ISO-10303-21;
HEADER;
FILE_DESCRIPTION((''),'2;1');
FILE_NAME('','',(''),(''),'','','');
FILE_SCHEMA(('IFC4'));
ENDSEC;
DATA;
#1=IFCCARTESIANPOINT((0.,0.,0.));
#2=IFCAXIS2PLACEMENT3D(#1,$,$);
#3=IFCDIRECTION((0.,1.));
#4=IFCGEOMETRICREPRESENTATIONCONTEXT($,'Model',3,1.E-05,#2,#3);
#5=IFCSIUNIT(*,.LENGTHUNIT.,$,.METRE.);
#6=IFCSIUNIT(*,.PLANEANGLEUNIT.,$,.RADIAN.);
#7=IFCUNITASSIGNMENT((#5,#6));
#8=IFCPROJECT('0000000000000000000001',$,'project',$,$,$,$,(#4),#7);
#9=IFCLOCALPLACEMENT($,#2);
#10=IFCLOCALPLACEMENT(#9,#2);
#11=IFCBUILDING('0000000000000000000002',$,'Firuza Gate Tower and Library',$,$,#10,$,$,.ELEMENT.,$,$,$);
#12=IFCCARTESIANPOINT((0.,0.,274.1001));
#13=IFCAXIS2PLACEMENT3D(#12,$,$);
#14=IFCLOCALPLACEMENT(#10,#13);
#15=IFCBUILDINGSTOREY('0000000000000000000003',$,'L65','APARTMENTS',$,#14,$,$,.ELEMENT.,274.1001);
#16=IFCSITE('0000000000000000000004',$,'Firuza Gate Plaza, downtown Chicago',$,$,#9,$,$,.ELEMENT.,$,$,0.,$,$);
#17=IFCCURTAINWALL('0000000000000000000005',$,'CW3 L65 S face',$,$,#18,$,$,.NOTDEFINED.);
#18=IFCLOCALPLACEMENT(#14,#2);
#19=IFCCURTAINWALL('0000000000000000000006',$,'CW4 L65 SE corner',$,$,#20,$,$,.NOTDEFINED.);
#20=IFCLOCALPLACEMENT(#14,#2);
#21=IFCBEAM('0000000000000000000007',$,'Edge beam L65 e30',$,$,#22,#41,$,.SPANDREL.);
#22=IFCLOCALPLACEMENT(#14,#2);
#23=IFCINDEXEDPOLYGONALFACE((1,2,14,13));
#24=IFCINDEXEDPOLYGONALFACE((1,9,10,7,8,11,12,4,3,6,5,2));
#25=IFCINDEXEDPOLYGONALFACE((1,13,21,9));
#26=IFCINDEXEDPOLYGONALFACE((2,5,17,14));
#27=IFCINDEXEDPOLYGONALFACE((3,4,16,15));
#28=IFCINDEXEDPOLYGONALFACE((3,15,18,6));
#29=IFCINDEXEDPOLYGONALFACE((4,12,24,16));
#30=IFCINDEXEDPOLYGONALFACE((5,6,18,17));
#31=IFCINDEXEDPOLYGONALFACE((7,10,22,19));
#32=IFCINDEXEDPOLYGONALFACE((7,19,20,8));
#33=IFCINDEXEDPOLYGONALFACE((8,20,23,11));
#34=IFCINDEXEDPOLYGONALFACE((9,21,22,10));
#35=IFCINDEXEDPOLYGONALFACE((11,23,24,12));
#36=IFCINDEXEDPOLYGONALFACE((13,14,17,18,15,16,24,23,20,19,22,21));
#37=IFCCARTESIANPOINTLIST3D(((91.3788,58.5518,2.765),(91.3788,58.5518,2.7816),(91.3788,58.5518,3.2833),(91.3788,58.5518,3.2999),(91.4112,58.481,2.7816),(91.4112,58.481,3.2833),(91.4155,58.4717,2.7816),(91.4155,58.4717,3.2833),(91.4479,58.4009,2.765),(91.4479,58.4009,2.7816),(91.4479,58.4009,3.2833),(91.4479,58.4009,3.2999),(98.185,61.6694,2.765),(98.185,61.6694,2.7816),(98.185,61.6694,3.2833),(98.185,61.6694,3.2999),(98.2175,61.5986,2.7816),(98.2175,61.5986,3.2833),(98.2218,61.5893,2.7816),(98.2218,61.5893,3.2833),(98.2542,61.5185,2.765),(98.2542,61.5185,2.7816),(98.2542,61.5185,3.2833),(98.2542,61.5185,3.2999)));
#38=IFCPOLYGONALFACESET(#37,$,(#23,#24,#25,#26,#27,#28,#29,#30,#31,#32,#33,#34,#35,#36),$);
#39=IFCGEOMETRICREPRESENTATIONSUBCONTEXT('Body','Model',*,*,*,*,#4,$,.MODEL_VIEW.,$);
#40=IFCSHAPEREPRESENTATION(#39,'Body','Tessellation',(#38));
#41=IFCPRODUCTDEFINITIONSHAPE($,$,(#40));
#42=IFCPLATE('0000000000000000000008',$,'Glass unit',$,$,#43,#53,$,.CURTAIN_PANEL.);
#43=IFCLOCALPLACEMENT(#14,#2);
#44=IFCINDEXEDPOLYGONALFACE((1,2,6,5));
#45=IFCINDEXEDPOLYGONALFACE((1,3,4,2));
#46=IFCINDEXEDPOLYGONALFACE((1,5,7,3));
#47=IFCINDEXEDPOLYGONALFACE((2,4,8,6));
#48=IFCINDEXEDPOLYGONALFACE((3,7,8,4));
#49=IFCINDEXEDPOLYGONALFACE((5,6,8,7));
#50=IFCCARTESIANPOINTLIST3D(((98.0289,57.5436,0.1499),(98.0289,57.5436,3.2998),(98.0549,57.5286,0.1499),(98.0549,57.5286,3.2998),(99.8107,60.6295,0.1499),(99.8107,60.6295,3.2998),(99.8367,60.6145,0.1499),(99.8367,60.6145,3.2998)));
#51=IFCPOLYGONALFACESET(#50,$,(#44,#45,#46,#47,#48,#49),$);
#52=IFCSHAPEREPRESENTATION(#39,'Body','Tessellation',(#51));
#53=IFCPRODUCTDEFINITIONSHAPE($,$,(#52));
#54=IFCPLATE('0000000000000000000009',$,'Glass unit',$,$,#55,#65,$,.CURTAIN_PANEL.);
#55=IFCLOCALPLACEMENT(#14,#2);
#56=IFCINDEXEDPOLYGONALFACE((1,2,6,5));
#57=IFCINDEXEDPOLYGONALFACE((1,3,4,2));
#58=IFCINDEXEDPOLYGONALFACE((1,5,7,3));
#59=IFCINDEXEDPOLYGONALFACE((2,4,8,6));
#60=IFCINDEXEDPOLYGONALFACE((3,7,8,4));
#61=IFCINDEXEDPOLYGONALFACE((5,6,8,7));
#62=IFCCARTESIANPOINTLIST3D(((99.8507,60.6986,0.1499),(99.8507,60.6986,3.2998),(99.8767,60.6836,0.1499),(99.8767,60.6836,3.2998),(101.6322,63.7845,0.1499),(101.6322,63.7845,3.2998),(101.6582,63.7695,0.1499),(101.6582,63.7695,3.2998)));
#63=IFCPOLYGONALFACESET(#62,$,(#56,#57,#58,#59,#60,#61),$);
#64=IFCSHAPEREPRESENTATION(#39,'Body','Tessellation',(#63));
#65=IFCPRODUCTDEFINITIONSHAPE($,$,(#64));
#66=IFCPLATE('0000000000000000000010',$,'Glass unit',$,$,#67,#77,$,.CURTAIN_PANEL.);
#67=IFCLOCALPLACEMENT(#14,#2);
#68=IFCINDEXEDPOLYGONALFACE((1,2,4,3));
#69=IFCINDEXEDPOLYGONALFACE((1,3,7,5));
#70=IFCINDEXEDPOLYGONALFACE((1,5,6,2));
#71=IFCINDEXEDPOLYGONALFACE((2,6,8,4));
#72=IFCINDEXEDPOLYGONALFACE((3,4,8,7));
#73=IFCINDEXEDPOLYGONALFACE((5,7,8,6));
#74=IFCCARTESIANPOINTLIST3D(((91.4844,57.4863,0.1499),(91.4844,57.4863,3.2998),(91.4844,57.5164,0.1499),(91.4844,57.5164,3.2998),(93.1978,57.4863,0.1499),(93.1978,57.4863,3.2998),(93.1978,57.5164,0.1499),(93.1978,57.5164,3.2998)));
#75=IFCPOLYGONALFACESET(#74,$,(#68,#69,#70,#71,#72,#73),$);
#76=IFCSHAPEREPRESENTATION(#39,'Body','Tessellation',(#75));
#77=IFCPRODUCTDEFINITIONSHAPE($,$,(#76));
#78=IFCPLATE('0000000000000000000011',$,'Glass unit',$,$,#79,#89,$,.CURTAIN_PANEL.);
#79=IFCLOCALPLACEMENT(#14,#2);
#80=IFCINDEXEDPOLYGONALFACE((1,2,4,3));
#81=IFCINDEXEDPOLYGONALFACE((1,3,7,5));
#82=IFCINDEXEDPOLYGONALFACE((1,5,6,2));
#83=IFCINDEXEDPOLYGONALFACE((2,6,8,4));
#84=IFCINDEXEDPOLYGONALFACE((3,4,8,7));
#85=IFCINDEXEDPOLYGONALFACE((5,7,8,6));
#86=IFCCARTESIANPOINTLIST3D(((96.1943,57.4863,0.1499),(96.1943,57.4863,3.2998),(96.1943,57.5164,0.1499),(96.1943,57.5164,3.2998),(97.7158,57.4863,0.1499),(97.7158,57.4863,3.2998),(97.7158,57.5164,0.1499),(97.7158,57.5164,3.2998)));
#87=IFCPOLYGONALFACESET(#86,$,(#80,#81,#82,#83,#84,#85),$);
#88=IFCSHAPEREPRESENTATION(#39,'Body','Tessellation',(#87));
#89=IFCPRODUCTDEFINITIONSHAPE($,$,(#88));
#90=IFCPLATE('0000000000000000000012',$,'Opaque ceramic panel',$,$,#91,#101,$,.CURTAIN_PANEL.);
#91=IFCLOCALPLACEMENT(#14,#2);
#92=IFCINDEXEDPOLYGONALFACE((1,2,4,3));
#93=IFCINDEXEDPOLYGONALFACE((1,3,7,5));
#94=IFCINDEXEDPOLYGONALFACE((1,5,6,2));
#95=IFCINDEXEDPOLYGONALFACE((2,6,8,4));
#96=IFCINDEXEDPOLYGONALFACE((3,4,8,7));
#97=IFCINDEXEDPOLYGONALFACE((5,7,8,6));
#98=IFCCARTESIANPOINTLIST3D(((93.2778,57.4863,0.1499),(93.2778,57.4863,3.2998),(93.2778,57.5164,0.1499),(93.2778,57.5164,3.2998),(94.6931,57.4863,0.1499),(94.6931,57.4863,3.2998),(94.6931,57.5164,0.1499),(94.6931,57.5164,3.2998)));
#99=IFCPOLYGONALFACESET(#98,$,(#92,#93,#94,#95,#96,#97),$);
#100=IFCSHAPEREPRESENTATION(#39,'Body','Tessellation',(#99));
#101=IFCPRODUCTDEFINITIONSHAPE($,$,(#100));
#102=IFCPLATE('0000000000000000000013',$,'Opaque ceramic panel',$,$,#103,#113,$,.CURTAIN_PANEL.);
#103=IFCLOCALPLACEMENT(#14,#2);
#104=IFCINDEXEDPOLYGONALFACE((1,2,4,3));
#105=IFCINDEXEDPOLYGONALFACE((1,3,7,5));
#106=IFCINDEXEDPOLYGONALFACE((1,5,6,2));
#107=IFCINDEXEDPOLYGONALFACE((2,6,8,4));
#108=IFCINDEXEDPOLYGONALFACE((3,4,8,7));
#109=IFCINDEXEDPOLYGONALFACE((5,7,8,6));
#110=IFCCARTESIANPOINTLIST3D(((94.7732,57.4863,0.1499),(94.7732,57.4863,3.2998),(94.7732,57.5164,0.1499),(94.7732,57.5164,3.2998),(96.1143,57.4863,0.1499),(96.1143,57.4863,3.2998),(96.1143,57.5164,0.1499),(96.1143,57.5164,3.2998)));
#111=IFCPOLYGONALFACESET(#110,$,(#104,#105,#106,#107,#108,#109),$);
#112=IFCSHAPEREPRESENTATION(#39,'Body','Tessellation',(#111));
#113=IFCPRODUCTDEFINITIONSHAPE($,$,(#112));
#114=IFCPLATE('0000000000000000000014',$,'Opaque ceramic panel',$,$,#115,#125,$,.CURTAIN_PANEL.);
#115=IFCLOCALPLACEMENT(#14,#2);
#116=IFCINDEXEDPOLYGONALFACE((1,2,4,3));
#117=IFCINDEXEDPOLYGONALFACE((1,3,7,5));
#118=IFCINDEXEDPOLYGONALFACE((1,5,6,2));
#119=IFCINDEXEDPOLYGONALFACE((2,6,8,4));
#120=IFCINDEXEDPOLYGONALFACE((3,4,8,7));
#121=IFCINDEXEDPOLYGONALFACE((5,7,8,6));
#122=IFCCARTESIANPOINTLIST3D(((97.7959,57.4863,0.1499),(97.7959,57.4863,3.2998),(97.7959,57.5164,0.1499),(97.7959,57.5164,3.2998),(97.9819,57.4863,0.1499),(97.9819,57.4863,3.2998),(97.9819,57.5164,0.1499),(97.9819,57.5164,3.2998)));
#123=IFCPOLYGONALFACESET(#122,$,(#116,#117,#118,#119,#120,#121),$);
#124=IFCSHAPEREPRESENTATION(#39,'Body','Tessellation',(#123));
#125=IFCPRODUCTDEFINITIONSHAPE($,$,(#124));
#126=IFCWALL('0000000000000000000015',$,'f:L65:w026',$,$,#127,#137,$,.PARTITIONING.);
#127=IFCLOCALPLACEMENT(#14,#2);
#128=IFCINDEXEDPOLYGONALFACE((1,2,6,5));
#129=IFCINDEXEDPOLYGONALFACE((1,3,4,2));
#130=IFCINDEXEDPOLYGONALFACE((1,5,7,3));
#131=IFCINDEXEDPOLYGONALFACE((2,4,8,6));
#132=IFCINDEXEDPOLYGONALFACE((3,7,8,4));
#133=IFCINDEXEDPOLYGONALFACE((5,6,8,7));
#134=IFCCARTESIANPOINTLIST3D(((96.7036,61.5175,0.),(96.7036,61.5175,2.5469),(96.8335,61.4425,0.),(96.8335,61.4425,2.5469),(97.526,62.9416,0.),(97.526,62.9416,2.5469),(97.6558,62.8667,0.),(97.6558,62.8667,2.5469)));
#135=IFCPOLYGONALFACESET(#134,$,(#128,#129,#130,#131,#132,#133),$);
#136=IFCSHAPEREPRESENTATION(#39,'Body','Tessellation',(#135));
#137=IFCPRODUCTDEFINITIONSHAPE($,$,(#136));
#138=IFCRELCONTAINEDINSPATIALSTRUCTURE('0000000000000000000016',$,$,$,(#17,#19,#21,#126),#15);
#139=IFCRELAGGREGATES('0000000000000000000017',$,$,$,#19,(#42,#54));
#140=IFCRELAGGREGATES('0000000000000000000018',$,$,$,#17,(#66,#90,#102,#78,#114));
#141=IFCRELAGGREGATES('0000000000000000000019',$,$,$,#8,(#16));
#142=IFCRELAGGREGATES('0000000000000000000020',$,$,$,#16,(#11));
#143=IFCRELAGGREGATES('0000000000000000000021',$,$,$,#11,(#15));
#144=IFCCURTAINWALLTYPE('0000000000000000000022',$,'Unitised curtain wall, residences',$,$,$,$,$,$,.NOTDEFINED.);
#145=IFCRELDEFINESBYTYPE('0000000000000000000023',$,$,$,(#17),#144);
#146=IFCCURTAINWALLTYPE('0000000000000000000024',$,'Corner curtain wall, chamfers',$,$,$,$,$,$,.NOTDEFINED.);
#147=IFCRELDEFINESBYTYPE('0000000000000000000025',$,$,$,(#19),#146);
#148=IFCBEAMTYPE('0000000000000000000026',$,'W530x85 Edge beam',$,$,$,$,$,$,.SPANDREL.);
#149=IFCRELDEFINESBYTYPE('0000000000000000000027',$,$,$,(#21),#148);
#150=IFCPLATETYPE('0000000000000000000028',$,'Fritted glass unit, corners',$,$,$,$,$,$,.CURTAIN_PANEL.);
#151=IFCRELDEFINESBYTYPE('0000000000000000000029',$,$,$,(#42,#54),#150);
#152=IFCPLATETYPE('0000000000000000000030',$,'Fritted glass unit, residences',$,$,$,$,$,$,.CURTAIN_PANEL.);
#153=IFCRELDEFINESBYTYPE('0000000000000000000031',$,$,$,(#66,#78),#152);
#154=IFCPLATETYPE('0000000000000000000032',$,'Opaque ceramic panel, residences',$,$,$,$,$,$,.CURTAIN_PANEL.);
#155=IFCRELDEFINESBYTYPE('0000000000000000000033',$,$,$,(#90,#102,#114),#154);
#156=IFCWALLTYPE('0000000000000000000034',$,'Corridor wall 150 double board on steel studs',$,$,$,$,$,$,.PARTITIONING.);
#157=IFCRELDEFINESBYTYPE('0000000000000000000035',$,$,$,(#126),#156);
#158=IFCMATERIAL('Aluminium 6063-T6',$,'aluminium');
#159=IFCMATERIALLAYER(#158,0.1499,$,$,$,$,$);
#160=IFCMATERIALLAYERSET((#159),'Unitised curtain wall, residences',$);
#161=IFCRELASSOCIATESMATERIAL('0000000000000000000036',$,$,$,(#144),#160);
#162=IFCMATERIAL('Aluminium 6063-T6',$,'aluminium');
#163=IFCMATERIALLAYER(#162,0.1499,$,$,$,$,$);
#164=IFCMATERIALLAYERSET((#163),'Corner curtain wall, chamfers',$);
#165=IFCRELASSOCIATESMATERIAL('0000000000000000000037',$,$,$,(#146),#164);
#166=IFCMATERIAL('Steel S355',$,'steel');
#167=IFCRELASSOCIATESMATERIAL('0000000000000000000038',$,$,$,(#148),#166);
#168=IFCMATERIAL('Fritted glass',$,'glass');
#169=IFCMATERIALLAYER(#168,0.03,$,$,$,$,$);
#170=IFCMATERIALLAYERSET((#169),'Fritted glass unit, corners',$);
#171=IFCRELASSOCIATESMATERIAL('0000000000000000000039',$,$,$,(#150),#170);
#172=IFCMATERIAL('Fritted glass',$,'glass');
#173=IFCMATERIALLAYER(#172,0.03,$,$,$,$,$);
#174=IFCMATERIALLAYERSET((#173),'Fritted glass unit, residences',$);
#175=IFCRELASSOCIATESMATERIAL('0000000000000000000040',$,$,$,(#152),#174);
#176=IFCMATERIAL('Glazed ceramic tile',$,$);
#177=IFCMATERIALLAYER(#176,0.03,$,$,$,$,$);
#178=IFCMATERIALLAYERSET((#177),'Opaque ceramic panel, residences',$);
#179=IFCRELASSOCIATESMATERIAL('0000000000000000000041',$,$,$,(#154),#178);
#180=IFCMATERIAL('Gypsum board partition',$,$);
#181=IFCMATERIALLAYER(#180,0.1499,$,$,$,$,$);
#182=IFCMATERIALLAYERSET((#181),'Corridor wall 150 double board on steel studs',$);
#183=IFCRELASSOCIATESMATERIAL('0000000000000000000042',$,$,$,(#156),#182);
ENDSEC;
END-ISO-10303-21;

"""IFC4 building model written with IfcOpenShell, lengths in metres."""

from ifc_helpers import new_model, si_unit, direction, frame, frame_2d, origin, origin_2d, place, context, subcontext, project, spatial, polyline, rectangle, i_section, outline, extrude, material, layer, layer_set, material_profile, profile_set, type_object, element, aggregate, save


model = new_model("IFC4")

# Units and contexts
model_context = context("Model", 3, precision=1e-05, world=origin(), true_north=direction((0.0, 1.0)))
body_context = subcontext(model_context, "Body", "Model", "MODEL_VIEW")
ifc_project = project(units=[si_unit("LENGTHUNIT", "METRE"), si_unit("PLANEANGLEUNIT", "RADIAN")], contexts=[model_context])

# Site, building, storey
site_placement = place(None, origin())
site = spatial("IfcSite", under=ifc_project, at=site_placement, Name="Firuza Gate Plaza, downtown Chicago", CompositionType="ELEMENT", RefElevation=0.0)
building_placement = place(site_placement, origin())
building = spatial("IfcBuilding", under=site, at=building_placement, Name="Firuza Gate Tower and Library", CompositionType="ELEMENT")
storey_placement = place(building_placement, frame((0.0, 0.0, 274.1001)))
storey = spatial("IfcBuildingStorey", under=building, at=storey_placement, Name="L65", Description="APARTMENTS", CompositionType="ELEMENT", Elevation=274.1001)

# Curtain walls
ifc_material_1 = material(Name="Aluminium 6063-T6", Category="aluminium")
ifc_layer_1 = layer(ifc_material_1, 0.1499)
ifc_layer_set_1 = layer_set([ifc_layer_1], Name="Unitised curtain wall, residences")
curtain_wall_type_1 = type_object("IfcCurtainWallType", Name="Unitised curtain wall, residences", PredefinedType="NOTDEFINED", material=ifc_layer_set_1)
placement = place(storey_placement, origin())
curtain_wall_1 = element("IfcCurtainWall", 1, at=placement, inside=storey, type_object=curtain_wall_type_1, Name="CW3 L65 S face", PredefinedType="NOTDEFINED")
ifc_material_2 = material(Name="Aluminium 6063-T6", Category="aluminium")
ifc_layer_2 = layer(ifc_material_2, 0.1499)
ifc_layer_set_2 = layer_set([ifc_layer_2], Name="Corner curtain wall, chamfers")
curtain_wall_type_2 = type_object("IfcCurtainWallType", Name="Corner curtain wall, chamfers", PredefinedType="NOTDEFINED", material=ifc_layer_set_2)
curtain_wall_2 = element("IfcCurtainWall", 2, at=placement, inside=storey, type_object=curtain_wall_type_2, Name="CW4 L65 SE corner", PredefinedType="NOTDEFINED")

# Beam
ifc_material_3 = material(Name="Steel S355", Category="steel")
ifc_material_profile_1 = material_profile(ifc_material_3, i_section(OverallWidth=0.166, OverallDepth=0.5349, WebThickness=0.0103, FlangeThickness=0.0166, at=origin_2d()))
ifc_profile_set_1 = profile_set([ifc_material_profile_1], Name="Steel S355")
beam_type_1 = type_object("IfcBeamType", Name="W530x85 Edge beam", PredefinedType="SPANDREL", material=ifc_profile_set_1)
beam_1_placement = place(storey_placement, frame((91.4133, 58.4763, 3.0325), z_axis=(0.909162, 0.416442, 0.0), x_axis=(-0.416442, 0.909162, 0.0)))
element("IfcBeam", 3, at=beam_1_placement, inside=storey, type_object=beam_type_1, Name="Edge beam L65 e30", PredefinedType="SPANDREL", context=body_context, shape_type="SweptSolid", body=[
    extrude(i_section(OverallWidth=0.166, OverallDepth=0.5349, WebThickness=0.0103, FlangeThickness=0.0166, at=origin_2d()), origin(), (0.0, 0.0, 1.0), 7.4863),
])

# Plates
ifc_material_4 = material(Name="Fritted glass", Category="glass")
ifc_layer_3 = layer(ifc_material_4, 0.03)
ifc_layer_set_3 = layer_set([ifc_layer_3], Name="Fritted glass unit, corners")
plate_type_1 = type_object("IfcPlateType", Name="Fritted glass unit, corners", PredefinedType="CURTAIN_PANEL", material=ifc_layer_set_3)
plate_1_placement = place(storey_placement, frame((98.0549, 57.5286, 0.1499), z_axis=(0.866017, -0.500015, 0.0), x_axis=(0.500015, 0.866017, 0.0)))
plate_1 = element("IfcPlate", 4, at=plate_1_placement, type_object=plate_type_1, Name="Glass unit", PredefinedType="CURTAIN_PANEL", context=body_context, shape_type="SweptSolid", body=[
    extrude(outline(polyline([(0.0, 0.0), (3.5634, 0.0), (3.5634, 3.1499), (0.0, 3.1499), (0.0, 0.0)])), origin(), (0.0, 0.0, -1.0), 0.03),
])
plate_2_placement = place(storey_placement, frame((99.8767, 60.6836, 0.1499), z_axis=(0.866046, -0.499964, 0.0), x_axis=(0.499964, 0.866046, 0.0)))
plate_2 = element("IfcPlate", 5, at=plate_2_placement, type_object=plate_type_1, Name="Glass unit", PredefinedType="CURTAIN_PANEL", context=body_context, shape_type="SweptSolid", body=[
    extrude(outline(polyline([(0.0, 0.0), (3.5632, 0.0), (3.5632, 3.1499), (0.0, 3.1499), (0.0, 0.0)])), origin(), (0.0, 0.0, -1.0), 0.03),
])
aggregate(curtain_wall_2, [plate_1, plate_2])
ifc_material_5 = material(Name="Fritted glass", Category="glass")
ifc_layer_4 = layer(ifc_material_5, 0.03)
ifc_layer_set_4 = layer_set([ifc_layer_4], Name="Fritted glass unit, residences")
plate_type_2 = type_object("IfcPlateType", Name="Fritted glass unit, residences", PredefinedType="CURTAIN_PANEL", material=ifc_layer_set_4)
plate_3_placement = place(storey_placement, frame((91.4844, 57.4863, 0.1499), z_axis=(0.0, -1.0, 0.0), x_axis=(1.0, 0.0, 0.0)))
plate_3 = element("IfcPlate", 6, at=plate_3_placement, type_object=plate_type_2, Name="Glass unit", PredefinedType="CURTAIN_PANEL", context=body_context, shape_type="SweptSolid", body=[
    extrude(outline(polyline([(0.0, 0.0), (1.7134, 0.0), (1.7134, 3.1499), (0.0, 3.1499), (0.0, 0.0)])), origin(), (0.0, 0.0, -1.0), 0.03),
])
plate_4_placement = place(storey_placement, frame((96.1943, 57.4863, 0.1499), z_axis=(0.0, -1.0, 0.0), x_axis=(1.0, 0.0, 0.0)))
plate_4 = element("IfcPlate", 7, at=plate_4_placement, type_object=plate_type_2, Name="Glass unit", PredefinedType="CURTAIN_PANEL", context=body_context, shape_type="SweptSolid", body=[
    extrude(outline(polyline([(0.0, 0.0), (1.5215, 0.0), (1.5215, 3.1499), (0.0, 3.1499), (0.0, 0.0)])), origin(), (0.0, 0.0, -1.0), 0.03),
])
ifc_material_6 = material(Name="Glazed ceramic tile")
ifc_layer_5 = layer(ifc_material_6, 0.03)
ifc_layer_set_5 = layer_set([ifc_layer_5], Name="Opaque ceramic panel, residences")
plate_type_3 = type_object("IfcPlateType", Name="Opaque ceramic panel, residences", PredefinedType="CURTAIN_PANEL", material=ifc_layer_set_5)
plate_5_placement = place(storey_placement, frame((93.2778, 57.4863, 0.1499), z_axis=(0.0, -1.0, 0.0), x_axis=(1.0, 0.0, 0.0)))
plate_5 = element("IfcPlate", 8, at=plate_5_placement, type_object=plate_type_3, Name="Opaque ceramic panel", PredefinedType="CURTAIN_PANEL", context=body_context, shape_type="SweptSolid", body=[
    extrude(outline(polyline([(0.0, 0.0), (1.4153, 0.0), (1.4153, 3.1499), (0.0, 3.1499), (0.0, 0.0)])), origin(), (0.0, 0.0, -1.0), 0.03),
])
plate_6_placement = place(storey_placement, frame((94.7732, 57.4863, 0.1499), z_axis=(0.0, -1.0, 0.0), x_axis=(1.0, 0.0, 0.0)))
plate_6 = element("IfcPlate", 9, at=plate_6_placement, type_object=plate_type_3, Name="Opaque ceramic panel", PredefinedType="CURTAIN_PANEL", context=body_context, shape_type="SweptSolid", body=[
    extrude(outline(polyline([(0.0, 0.0), (1.3411, 0.0), (1.3411, 3.1499), (0.0, 3.1499), (0.0, 0.0)])), origin(), (0.0, 0.0, -1.0), 0.03),
])
plate_7_placement = place(storey_placement, frame((97.7959, 57.4863, 0.1499), z_axis=(0.0, -1.0, 0.0), x_axis=(1.0, 0.0, 0.0)))
plate_7 = element("IfcPlate", 10, at=plate_7_placement, type_object=plate_type_3, Name="Opaque ceramic panel", PredefinedType="CURTAIN_PANEL", context=body_context, shape_type="SweptSolid", body=[
    extrude(outline(polyline([(0.0, 0.0), (0.186, 0.0), (0.186, 3.1499), (0.0, 3.1499), (0.0, 0.0)])), origin(), (0.0, 0.0, -1.0), 0.03),
])
aggregate(curtain_wall_1, [plate_3, plate_5, plate_6, plate_4, plate_7])

# Wall
ifc_material_7 = material(Name="Gypsum board partition")
ifc_layer_6 = layer(ifc_material_7, 0.1499)
ifc_layer_set_6 = layer_set([ifc_layer_6], Name="Corridor wall 150 double board on steel studs")
wall_type_1 = type_object("IfcWallType", Name="Corridor wall 150 double board on steel studs", PredefinedType="PARTITIONING", material=ifc_layer_set_6)
wall_1_placement = place(storey_placement, frame((96.7686, 61.48, 0.0), z_axis=(0.0, 0.0, 1.0), x_axis=(0.500035, 0.866005, 0.0)))
element("IfcWall", 11, at=wall_1_placement, inside=storey, type_object=wall_type_1, Name="f:L65:w026", PredefinedType="PARTITIONING", context=body_context, shape_type="SweptSolid", body=[
    extrude(rectangle(XDim=1.6445, YDim=0.1499, at=frame_2d((0.8223, 0.0))), origin(), (0.0, 0.0, 1.0), 2.5469),
])

save(model, "model.ifc")
